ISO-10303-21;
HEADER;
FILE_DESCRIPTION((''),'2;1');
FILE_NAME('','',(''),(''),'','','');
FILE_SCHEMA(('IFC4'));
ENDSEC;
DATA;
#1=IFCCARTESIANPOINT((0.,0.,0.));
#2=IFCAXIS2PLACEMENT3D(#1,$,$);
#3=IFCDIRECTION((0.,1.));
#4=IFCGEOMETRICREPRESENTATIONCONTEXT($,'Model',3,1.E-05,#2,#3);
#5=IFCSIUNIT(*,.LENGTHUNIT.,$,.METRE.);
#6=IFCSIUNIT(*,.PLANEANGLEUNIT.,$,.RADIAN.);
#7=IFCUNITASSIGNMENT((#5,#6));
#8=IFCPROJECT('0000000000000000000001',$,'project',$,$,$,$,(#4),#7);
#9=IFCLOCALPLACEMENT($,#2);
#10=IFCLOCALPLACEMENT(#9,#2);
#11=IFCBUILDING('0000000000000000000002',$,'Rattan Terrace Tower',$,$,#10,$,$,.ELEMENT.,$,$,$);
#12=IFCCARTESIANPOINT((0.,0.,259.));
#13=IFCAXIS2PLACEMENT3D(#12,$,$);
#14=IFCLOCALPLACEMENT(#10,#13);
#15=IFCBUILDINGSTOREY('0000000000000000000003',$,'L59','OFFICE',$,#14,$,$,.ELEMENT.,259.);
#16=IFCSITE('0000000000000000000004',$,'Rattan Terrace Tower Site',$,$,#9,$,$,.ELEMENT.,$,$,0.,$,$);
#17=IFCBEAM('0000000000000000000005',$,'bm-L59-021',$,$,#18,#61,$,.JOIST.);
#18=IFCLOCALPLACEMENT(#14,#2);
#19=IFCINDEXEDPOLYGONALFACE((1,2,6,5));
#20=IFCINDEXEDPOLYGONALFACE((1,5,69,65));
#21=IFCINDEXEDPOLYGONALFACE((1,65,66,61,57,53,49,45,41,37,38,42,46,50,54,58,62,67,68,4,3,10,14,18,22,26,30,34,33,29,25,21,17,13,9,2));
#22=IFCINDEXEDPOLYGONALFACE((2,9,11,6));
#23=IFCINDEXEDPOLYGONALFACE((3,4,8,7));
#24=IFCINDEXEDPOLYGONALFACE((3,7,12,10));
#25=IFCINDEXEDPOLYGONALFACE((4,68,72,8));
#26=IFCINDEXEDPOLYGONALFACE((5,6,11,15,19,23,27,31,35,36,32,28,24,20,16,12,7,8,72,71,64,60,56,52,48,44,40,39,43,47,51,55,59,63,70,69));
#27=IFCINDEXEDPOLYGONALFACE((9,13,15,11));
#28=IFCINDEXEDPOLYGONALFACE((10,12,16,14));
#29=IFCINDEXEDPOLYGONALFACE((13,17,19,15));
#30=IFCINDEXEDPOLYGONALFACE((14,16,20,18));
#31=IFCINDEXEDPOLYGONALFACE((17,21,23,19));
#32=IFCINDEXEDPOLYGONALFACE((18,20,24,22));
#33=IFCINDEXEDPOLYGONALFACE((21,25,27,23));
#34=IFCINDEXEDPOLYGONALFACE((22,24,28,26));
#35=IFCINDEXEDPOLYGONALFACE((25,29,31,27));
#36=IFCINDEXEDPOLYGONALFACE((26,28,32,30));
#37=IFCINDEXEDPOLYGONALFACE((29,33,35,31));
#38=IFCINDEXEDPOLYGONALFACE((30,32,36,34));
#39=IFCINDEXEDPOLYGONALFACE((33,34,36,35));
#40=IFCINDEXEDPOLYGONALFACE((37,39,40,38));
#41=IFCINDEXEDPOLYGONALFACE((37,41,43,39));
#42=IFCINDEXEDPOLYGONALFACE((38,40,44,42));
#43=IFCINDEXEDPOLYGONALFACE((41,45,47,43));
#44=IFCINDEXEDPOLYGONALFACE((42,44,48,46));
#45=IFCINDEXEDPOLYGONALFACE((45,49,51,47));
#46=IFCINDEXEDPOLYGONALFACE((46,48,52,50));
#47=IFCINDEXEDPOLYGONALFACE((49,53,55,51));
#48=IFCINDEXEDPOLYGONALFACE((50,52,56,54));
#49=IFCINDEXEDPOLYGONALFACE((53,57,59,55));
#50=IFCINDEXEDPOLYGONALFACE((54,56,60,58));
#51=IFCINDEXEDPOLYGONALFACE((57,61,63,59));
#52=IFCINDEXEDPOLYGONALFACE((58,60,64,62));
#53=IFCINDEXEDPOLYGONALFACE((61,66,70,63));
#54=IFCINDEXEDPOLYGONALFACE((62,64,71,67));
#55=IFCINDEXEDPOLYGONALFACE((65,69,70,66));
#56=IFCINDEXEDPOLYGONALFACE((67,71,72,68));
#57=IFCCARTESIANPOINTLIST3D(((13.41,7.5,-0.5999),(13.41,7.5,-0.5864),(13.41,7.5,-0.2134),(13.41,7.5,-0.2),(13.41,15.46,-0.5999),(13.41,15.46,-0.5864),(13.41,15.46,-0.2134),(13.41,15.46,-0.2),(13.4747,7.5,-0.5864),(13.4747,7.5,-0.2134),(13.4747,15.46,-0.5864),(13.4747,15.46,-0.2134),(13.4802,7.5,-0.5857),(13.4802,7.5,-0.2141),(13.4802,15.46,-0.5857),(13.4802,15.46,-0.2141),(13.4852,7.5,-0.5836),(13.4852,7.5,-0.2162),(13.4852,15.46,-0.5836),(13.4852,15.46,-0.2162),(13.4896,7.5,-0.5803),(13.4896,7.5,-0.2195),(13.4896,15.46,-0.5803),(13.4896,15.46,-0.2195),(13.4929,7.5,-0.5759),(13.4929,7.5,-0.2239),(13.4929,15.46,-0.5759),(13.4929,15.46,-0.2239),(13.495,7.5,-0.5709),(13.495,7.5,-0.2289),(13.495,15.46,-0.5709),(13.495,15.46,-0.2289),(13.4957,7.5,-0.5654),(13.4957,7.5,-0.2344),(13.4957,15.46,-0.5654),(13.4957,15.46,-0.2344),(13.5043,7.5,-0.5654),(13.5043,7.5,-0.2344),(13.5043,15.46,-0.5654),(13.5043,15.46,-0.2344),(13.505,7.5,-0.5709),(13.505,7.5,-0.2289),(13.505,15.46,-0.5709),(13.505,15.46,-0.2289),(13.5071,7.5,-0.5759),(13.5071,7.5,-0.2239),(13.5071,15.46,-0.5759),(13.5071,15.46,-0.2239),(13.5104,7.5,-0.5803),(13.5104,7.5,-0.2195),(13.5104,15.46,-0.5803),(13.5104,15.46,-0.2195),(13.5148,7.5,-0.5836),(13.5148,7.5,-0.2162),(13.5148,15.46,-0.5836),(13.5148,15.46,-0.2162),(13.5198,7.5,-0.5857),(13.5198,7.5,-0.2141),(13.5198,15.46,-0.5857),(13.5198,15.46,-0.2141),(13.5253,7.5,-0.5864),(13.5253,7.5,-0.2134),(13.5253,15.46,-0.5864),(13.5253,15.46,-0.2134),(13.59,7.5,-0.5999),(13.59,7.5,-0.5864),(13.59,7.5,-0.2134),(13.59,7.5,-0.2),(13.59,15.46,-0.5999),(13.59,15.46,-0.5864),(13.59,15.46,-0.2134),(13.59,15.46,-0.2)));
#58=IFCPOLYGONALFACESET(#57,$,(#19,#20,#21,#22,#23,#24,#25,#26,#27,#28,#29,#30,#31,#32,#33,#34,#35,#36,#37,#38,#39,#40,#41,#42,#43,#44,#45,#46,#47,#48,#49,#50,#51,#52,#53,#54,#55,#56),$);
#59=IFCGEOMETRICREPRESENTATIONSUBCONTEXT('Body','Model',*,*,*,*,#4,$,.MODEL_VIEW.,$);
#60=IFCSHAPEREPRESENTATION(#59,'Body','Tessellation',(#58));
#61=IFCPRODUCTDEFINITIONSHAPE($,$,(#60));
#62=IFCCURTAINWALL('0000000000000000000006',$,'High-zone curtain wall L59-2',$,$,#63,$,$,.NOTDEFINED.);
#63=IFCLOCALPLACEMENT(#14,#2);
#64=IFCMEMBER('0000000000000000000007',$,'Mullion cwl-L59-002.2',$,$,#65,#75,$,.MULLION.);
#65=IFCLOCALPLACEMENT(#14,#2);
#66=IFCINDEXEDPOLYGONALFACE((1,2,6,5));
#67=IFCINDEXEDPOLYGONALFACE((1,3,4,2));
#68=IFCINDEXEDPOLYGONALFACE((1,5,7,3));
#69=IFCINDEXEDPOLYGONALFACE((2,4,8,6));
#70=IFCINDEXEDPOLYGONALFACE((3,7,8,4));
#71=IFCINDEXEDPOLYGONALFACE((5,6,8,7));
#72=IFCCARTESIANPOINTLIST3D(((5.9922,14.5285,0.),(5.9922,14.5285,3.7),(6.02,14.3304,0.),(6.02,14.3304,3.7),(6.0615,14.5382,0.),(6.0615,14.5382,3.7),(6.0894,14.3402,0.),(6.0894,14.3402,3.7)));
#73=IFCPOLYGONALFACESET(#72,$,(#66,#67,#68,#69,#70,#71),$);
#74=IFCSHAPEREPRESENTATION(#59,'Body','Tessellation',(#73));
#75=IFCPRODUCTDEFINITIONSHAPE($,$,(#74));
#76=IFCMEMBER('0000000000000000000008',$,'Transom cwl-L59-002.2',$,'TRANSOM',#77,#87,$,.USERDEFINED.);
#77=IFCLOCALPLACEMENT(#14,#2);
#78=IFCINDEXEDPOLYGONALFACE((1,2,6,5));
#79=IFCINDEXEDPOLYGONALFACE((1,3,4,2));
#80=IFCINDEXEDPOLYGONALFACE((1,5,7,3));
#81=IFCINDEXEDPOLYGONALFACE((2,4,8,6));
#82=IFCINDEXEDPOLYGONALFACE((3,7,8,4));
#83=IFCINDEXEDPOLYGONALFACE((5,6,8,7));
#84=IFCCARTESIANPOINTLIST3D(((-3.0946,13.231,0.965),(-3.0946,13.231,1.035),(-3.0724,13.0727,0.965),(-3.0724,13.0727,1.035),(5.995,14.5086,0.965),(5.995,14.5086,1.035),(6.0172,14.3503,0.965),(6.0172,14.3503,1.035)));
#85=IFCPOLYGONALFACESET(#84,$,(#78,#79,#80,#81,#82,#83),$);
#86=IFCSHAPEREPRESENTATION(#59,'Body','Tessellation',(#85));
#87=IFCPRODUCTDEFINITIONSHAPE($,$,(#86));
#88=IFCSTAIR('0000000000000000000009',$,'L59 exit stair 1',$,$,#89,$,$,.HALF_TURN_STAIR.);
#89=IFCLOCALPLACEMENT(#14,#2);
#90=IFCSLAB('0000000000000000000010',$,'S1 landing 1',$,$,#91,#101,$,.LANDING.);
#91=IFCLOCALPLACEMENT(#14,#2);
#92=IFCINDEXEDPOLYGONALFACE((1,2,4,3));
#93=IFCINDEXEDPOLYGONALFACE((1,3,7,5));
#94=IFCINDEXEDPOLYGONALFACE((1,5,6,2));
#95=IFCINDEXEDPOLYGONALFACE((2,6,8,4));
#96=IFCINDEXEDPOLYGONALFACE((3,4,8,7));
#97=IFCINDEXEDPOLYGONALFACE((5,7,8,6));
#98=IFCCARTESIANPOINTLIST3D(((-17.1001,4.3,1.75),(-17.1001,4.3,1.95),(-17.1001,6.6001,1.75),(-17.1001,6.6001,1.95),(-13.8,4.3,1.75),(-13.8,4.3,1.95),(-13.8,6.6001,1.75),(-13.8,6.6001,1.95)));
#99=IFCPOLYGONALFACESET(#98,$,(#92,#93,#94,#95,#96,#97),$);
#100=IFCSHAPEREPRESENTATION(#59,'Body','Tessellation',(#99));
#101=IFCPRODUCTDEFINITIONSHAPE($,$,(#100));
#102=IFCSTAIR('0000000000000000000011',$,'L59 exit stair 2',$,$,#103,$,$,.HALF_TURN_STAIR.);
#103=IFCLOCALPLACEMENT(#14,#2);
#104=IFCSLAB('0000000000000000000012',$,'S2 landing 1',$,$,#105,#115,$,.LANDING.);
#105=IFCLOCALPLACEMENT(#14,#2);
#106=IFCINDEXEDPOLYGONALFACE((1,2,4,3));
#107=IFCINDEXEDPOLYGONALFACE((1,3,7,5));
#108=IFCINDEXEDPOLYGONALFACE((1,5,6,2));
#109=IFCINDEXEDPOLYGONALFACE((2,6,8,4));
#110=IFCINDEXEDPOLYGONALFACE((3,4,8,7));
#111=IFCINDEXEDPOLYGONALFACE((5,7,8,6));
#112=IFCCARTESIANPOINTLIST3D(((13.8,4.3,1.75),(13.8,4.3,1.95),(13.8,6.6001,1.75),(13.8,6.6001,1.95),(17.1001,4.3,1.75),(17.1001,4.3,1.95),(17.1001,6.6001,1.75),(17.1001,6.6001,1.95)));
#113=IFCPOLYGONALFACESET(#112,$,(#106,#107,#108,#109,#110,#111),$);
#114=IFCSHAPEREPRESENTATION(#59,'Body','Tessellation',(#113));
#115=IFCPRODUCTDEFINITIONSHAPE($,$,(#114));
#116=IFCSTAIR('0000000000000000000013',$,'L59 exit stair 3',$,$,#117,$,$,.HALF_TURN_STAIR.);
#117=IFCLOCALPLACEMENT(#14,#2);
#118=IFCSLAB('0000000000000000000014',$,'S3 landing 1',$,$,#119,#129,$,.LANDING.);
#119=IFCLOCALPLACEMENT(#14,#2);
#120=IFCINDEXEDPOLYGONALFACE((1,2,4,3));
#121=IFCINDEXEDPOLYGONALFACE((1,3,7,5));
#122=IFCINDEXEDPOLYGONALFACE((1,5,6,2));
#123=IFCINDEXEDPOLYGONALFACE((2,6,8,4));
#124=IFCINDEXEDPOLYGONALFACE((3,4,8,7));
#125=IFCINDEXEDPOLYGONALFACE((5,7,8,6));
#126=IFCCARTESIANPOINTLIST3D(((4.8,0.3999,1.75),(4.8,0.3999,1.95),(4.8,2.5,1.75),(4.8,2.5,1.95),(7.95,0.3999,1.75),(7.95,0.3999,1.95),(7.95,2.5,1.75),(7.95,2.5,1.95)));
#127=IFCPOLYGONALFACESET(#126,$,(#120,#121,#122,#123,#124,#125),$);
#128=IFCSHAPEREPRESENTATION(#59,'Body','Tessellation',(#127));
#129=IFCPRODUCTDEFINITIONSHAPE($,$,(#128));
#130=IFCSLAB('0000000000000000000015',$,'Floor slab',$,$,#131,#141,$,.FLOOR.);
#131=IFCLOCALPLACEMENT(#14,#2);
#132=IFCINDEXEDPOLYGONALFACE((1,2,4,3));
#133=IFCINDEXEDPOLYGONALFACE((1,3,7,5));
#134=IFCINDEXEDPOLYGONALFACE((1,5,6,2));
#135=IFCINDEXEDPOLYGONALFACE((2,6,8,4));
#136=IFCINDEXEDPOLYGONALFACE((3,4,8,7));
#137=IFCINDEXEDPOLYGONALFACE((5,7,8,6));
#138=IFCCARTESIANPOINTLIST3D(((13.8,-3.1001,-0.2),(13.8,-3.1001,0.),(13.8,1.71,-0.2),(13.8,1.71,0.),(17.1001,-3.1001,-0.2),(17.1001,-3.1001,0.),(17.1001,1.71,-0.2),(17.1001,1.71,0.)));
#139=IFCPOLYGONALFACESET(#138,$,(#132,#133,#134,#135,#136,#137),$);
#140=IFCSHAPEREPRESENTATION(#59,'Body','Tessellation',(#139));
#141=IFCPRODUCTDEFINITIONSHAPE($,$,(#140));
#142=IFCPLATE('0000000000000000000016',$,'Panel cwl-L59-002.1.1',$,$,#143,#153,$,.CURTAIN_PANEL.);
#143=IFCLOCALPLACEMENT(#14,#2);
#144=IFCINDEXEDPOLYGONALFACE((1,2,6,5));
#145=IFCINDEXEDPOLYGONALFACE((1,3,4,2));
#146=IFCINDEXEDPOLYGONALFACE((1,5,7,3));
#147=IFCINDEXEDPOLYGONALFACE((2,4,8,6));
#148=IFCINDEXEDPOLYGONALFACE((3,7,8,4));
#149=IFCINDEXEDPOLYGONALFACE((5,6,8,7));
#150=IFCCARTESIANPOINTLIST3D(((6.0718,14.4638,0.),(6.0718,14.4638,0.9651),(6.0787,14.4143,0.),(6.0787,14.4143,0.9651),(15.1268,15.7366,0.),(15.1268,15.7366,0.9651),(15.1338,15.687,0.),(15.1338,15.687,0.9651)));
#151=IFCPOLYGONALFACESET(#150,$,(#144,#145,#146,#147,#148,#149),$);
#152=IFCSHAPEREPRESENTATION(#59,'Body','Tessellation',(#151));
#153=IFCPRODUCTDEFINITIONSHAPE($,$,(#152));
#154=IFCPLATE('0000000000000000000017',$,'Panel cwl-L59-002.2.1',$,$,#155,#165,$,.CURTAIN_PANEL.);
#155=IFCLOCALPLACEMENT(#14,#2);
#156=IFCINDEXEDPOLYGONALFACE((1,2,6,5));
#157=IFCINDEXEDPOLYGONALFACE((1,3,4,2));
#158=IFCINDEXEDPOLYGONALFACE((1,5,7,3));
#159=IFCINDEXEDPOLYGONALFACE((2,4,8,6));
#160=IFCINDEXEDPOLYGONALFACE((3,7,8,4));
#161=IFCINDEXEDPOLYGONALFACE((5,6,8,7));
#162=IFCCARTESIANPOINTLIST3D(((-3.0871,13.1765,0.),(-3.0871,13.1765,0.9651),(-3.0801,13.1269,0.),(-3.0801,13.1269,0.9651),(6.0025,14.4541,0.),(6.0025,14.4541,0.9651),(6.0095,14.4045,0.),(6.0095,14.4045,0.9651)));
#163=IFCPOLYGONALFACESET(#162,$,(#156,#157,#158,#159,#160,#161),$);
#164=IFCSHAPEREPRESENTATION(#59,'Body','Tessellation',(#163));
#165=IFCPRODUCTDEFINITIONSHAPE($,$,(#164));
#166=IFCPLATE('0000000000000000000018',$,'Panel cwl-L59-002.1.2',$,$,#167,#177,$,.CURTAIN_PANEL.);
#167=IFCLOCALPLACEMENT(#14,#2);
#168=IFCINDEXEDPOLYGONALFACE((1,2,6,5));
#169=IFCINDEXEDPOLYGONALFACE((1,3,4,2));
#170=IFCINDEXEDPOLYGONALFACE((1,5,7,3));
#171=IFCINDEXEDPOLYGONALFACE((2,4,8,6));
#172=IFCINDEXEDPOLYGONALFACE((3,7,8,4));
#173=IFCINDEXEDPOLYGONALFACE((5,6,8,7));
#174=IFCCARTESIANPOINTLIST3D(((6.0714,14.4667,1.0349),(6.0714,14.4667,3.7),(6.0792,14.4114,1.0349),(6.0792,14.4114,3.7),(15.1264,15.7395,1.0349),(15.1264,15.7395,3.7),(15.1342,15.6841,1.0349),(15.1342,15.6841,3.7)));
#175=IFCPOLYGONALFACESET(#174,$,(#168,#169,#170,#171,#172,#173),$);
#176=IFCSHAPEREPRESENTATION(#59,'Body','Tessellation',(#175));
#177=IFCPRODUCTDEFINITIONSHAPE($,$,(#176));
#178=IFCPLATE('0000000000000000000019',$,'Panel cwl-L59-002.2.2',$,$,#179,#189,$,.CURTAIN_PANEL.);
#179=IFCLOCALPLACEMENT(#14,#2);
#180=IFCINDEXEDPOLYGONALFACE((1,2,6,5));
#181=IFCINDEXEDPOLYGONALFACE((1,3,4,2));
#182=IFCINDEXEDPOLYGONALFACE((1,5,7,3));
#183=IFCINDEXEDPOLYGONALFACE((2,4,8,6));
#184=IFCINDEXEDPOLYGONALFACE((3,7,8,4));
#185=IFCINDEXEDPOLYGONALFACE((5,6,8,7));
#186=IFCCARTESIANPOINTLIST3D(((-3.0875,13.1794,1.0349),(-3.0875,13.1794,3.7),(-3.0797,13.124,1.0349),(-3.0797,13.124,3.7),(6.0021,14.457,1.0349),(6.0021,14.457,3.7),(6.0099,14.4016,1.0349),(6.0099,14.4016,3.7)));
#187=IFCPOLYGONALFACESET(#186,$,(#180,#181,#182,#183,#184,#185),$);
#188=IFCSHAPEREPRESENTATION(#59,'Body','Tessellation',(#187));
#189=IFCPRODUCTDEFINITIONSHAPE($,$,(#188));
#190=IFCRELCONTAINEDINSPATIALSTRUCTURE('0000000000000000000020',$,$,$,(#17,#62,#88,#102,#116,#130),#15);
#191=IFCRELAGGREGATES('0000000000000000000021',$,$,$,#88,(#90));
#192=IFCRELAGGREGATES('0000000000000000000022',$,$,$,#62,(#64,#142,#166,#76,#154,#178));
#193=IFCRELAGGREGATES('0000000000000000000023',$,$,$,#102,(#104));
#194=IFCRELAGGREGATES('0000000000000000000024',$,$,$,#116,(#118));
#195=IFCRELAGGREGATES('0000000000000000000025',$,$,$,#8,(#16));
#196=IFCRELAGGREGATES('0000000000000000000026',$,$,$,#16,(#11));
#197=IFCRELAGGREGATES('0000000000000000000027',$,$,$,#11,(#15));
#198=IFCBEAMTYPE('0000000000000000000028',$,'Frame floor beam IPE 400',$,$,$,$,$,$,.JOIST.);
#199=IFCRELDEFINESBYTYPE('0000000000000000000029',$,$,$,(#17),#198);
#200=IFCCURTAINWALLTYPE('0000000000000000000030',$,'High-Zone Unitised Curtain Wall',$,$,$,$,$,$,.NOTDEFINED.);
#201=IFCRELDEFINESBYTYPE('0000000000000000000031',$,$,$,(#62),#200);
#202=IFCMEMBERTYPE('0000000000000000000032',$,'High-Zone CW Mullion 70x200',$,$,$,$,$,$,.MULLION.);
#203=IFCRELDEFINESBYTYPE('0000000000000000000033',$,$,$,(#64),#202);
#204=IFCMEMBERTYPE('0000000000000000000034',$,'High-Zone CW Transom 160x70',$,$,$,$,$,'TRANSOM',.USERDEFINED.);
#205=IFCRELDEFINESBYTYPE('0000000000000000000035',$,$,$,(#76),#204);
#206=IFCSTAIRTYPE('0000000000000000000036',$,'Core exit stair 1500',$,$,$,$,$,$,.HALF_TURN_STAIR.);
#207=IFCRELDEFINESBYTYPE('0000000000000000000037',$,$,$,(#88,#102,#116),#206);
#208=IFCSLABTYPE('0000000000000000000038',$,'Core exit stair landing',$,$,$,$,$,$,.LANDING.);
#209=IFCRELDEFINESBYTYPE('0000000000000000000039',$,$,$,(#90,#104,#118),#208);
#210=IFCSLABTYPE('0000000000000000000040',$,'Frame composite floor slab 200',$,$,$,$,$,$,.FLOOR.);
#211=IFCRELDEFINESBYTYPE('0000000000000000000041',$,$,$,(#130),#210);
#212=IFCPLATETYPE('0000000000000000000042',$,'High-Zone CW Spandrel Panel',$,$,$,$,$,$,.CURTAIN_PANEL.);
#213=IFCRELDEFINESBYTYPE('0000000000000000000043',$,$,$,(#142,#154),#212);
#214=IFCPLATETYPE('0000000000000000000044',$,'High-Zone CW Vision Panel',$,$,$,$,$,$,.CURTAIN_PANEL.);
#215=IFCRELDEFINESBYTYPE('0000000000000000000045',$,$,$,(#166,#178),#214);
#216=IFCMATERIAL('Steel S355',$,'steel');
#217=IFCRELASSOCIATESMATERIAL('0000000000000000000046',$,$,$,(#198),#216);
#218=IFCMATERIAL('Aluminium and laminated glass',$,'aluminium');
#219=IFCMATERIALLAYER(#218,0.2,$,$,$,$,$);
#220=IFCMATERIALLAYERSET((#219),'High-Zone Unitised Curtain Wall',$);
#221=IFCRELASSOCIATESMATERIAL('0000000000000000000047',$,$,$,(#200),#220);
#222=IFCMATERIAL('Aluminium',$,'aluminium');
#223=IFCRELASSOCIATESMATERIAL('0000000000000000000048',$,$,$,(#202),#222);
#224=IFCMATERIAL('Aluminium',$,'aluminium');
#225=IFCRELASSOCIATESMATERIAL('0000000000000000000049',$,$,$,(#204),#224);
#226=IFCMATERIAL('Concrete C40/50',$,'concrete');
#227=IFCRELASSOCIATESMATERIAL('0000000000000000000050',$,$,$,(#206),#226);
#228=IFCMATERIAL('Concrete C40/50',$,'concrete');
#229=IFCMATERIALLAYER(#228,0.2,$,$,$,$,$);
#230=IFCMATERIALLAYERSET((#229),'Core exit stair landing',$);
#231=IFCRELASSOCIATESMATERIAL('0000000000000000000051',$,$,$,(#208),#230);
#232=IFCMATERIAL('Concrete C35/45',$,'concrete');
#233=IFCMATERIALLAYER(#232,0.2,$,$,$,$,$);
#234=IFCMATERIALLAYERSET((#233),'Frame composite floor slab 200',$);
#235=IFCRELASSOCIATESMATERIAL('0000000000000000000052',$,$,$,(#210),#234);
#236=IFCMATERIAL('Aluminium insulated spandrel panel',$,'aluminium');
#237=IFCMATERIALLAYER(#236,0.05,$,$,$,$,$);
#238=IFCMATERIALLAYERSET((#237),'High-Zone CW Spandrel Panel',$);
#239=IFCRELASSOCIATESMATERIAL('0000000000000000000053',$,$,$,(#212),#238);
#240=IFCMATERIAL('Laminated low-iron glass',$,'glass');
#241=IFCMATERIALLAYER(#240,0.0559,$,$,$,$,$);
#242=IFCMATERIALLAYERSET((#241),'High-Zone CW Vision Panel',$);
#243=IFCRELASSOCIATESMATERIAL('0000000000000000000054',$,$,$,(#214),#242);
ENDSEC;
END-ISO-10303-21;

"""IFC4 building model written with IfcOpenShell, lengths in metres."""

from ifc_helpers import new_model, si_unit, direction, frame, origin, origin_2d, place, context, subcontext, project, spatial, polyline, rectangle, i_section, outline, extrude, material, layer, layer_set, material_profile, profile_set, type_object, element, aggregate, save


model = new_model("IFC4")

# Units and contexts
model_context = context("Model", 3, precision=1e-05, world=origin(), true_north=direction((0.0, 1.0)))
body_context = subcontext(model_context, "Body", "Model", "MODEL_VIEW")
ifc_project = project(units=[si_unit("LENGTHUNIT", "METRE"), si_unit("PLANEANGLEUNIT", "RADIAN")], contexts=[model_context])

# Site, building, storey
site_placement = place(None, origin())
site = spatial("IfcSite", under=ifc_project, at=site_placement, Name="Rattan Terrace Tower Site", CompositionType="ELEMENT", RefElevation=0.0)
building_placement = place(site_placement, origin())
building = spatial("IfcBuilding", under=site, at=building_placement, Name="Rattan Terrace Tower", CompositionType="ELEMENT")
storey_placement = place(building_placement, frame((0.0, 0.0, 259.0)))
storey = spatial("IfcBuildingStorey", under=building, at=storey_placement, Name="L59", Description="OFFICE", CompositionType="ELEMENT", Elevation=259.0)

# Beam
ifc_material_1 = material(Name="Steel S355", Category="steel")
ifc_material_profile_1 = material_profile(ifc_material_1, i_section(OverallWidth=0.1799, OverallDepth=0.3999, WebThickness=0.0085, FlangeThickness=0.0134, FilletRadius=0.021, at=origin_2d()), Name="IPE 400")
ifc_profile_set_1 = profile_set([ifc_material_profile_1], Name="Steel S355")
beam_type_1 = type_object("IfcBeamType", Name="Frame floor beam IPE 400", PredefinedType="JOIST", material=ifc_profile_set_1)
beam_1_placement = place(storey_placement, frame((13.5, 7.5, -0.3999), z_axis=(0.0, 1.0, 0.0), x_axis=(-1.0, 0.0, 0.0)))
element("IfcBeam", 1, at=beam_1_placement, inside=storey, type_object=beam_type_1, Name="bm-L59-021", PredefinedType="JOIST", context=body_context, shape_type="SweptSolid", body=[
    extrude(i_section(OverallWidth=0.1799, OverallDepth=0.3999, WebThickness=0.0085, FlangeThickness=0.0134, FilletRadius=0.021, at=origin_2d()), origin(), (0.0, 0.0, 1.0), 7.96),
])

# Curtain wall, members
ifc_material_2 = material(Name="Aluminium and laminated glass", Category="aluminium")
ifc_layer_1 = layer(ifc_material_2, 0.2)
ifc_layer_set_1 = layer_set([ifc_layer_1], Name="High-Zone Unitised Curtain Wall")
curtain_wall_type = type_object("IfcCurtainWallType", Name="High-Zone Unitised Curtain Wall", PredefinedType="NOTDEFINED", material=ifc_layer_set_1)
curtain_wall_placement = place(storey_placement, origin())
curtain_wall = element("IfcCurtainWall", 2, at=curtain_wall_placement, inside=storey, type_object=curtain_wall_type, Name="High-zone curtain wall L59-2", PredefinedType="NOTDEFINED")
ifc_material_3 = material(Name="Aluminium", Category="aluminium")
ifc_material_profile_2 = material_profile(ifc_material_3, rectangle(XDim=0.0701, YDim=0.2, at=origin_2d()), Name="Aluminium 70x200")
ifc_profile_set_2 = profile_set([ifc_material_profile_2], Name="Aluminium")
member_type_1 = type_object("IfcMemberType", Name="High-Zone CW Mullion 70x200", PredefinedType="MULLION", material=ifc_profile_set_2)
member_1_placement = place(storey_placement, frame((6.0408, 14.4343, 0.0), z_axis=(0.0, 0.0, 1.0), x_axis=(-0.990266, -0.139189, 0.0)))
member_1 = element("IfcMember", 3, at=member_1_placement, type_object=member_type_1, Name="Mullion cwl-L59-002.2", PredefinedType="MULLION", context=body_context, shape_type="SweptSolid", body=[
    extrude(rectangle(XDim=0.0701, YDim=0.2, at=origin_2d()), origin(), (0.0, 0.0, 1.0), 3.7),
])
ifc_material_4 = material(Name="Aluminium", Category="aluminium")
ifc_material_profile_3 = material_profile(ifc_material_4, rectangle(XDim=0.1599, YDim=0.0701, at=origin_2d()), Name="Aluminium 160x70")
ifc_profile_set_3 = profile_set([ifc_material_profile_3], Name="Aluminium")
member_type_2 = type_object("IfcMemberType", Name="High-Zone CW Transom 160x70", ElementType="TRANSOM", PredefinedType="USERDEFINED", material=ifc_profile_set_3)
member_2_placement = place(storey_placement, frame((6.0061, 14.4294, 1.0), z_axis=(-0.990266, -0.139187, 0.0), x_axis=(0.139187, -0.990266, 0.0)))
member_2 = element("IfcMember", 4, at=member_2_placement, type_object=member_type_2, Name="Transom cwl-L59-002.2", ObjectType="TRANSOM", PredefinedType="USERDEFINED", context=body_context, shape_type="SweptSolid", body=[
    extrude(rectangle(XDim=0.1599, YDim=0.0701, at=origin_2d()), origin(), (0.0, 0.0, 1.0), 9.179),
])

# Stairs, slabs
ifc_material_5 = material(Name="Concrete C40/50", Category="concrete")
stair_type = type_object("IfcStairType", Name="Core exit stair 1500", PredefinedType="HALF_TURN_STAIR", material=ifc_material_5)
stair_1_placement = place(storey_placement, origin())
stair_1 = element("IfcStair", 5, at=stair_1_placement, inside=storey, type_object=stair_type, Name="L59 exit stair 1", PredefinedType="HALF_TURN_STAIR")
ifc_material_6 = material(Name="Concrete C40/50", Category="concrete")
ifc_layer_2 = layer(ifc_material_6, 0.2)
ifc_layer_set_2 = layer_set([ifc_layer_2], Name="Core exit stair landing")
slab_type_1 = type_object("IfcSlabType", Name="Core exit stair landing", PredefinedType="LANDING", material=ifc_layer_set_2)
slab_1_placement = place(storey_placement, frame((0.0, 0.0, 1.75)))
slab_1 = element("IfcSlab", 6, at=slab_1_placement, type_object=slab_type_1, Name="S1 landing 1", PredefinedType="LANDING", context=body_context, shape_type="SweptSolid", body=[
    extrude(outline(polyline([(-13.8, 4.3), (-13.8, 6.6001), (-17.1001, 6.6001), (-17.1001, 4.3), (-13.8, 4.3)])), origin(), (0.0, 0.0, 1.0), 0.2),
])
aggregate(stair_1, [slab_1])
stair_2_placement = place(storey_placement, origin())
stair_2 = element("IfcStair", 7, at=stair_2_placement, inside=storey, type_object=stair_type, Name="L59 exit stair 2", PredefinedType="HALF_TURN_STAIR")
slab_2_placement = place(storey_placement, frame((0.0, 0.0, 1.75)))
slab_2 = element("IfcSlab", 8, at=slab_2_placement, type_object=slab_type_1, Name="S2 landing 1", PredefinedType="LANDING", context=body_context, shape_type="SweptSolid", body=[
    extrude(outline(polyline([(17.1001, 4.3), (17.1001, 6.6001), (13.8, 6.6001), (13.8, 4.3), (17.1001, 4.3)])), origin(), (0.0, 0.0, 1.0), 0.2),
])
stair_3_placement = place(storey_placement, origin())
stair_3 = element("IfcStair", 9, at=stair_3_placement, inside=storey, type_object=stair_type, Name="L59 exit stair 3", PredefinedType="HALF_TURN_STAIR")
slab_3_placement = place(storey_placement, frame((0.0, 0.0, 1.75)))
slab_3 = element("IfcSlab", 10, at=slab_3_placement, type_object=slab_type_1, Name="S3 landing 1", PredefinedType="LANDING", context=body_context, shape_type="SweptSolid", body=[
    extrude(outline(polyline([(4.8, 2.5), (4.8, 0.3999), (7.95, 0.3999), (7.95, 2.5), (4.8, 2.5)])), origin(), (0.0, 0.0, 1.0), 0.2),
])

# Slab
ifc_material_7 = material(Name="Concrete C35/45", Category="concrete")
ifc_layer_3 = layer(ifc_material_7, 0.2)
ifc_layer_set_3 = layer_set([ifc_layer_3], Name="Frame composite floor slab 200")
slab_type_2 = type_object("IfcSlabType", Name="Frame composite floor slab 200", PredefinedType="FLOOR", material=ifc_layer_set_3)
slab_4_placement = place(storey_placement, frame((0.0, 0.0, -0.2)))
element("IfcSlab", 11, at=slab_4_placement, inside=storey, type_object=slab_type_2, Name="Floor slab", PredefinedType="FLOOR", context=body_context, shape_type="SweptSolid", body=[
    extrude(outline(polyline([(13.8, -3.1001), (17.1001, -3.1001), (17.1001, 1.71), (13.8, 1.71), (13.8, -3.1001)])), origin(), (0.0, 0.0, 1.0), 0.2),
])

# Plates
ifc_material_8 = material(Name="Aluminium insulated spandrel panel", Category="aluminium")
ifc_layer_4 = layer(ifc_material_8, 0.05)
ifc_layer_set_4 = layer_set([ifc_layer_4], Name="High-Zone CW Spandrel Panel")
plate_type_1 = type_object("IfcPlateType", Name="High-Zone CW Spandrel Panel", PredefinedType="CURTAIN_PANEL", material=ifc_layer_set_4)
plate_1_placement = place(storey_placement, frame((10.6028, 15.0754, 0.0), z_axis=(0.0, 0.0, 1.0), x_axis=(-0.990266, -0.139189, 0.0)))
plate_1 = element("IfcPlate", 12, at=plate_1_placement, type_object=plate_type_1, Name="Panel cwl-L59-002.1.1", PredefinedType="CURTAIN_PANEL", context=body_context, shape_type="SweptSolid", body=[
    extrude(rectangle(XDim=9.144, YDim=0.05, at=origin_2d()), origin(), (0.0, 0.0, 1.0), 0.9651),
])
plate_2_placement = place(storey_placement, frame((1.4612, 13.7905, 0.0), z_axis=(0.0, 0.0, 1.0), x_axis=(-0.990266, -0.139189, 0.0)))
plate_2 = element("IfcPlate", 13, at=plate_2_placement, type_object=plate_type_1, Name="Panel cwl-L59-002.2.1", PredefinedType="CURTAIN_PANEL", context=body_context, shape_type="SweptSolid", body=[
    extrude(rectangle(XDim=9.179, YDim=0.05, at=origin_2d()), origin(), (0.0, 0.0, 1.0), 0.9651),
])
ifc_material_9 = material(Name="Laminated low-iron glass", Category="glass")
ifc_layer_5 = layer(ifc_material_9, 0.0559)
ifc_layer_set_5 = layer_set([ifc_layer_5], Name="High-Zone CW Vision Panel")
plate_type_2 = type_object("IfcPlateType", Name="High-Zone CW Vision Panel", PredefinedType="CURTAIN_PANEL", material=ifc_layer_set_5)
plate_3_placement = place(storey_placement, frame((10.6028, 15.0754, 1.0349), z_axis=(0.0, 0.0, 1.0), x_axis=(-0.990266, -0.139189, 0.0)))
plate_3 = element("IfcPlate", 14, at=plate_3_placement, type_object=plate_type_2, Name="Panel cwl-L59-002.1.2", PredefinedType="CURTAIN_PANEL", context=body_context, shape_type="SweptSolid", body=[
    extrude(rectangle(XDim=9.144, YDim=0.0559, at=origin_2d()), origin(), (0.0, 0.0, 1.0), 2.665),
])
plate_4_placement = place(storey_placement, frame((1.4612, 13.7905, 1.0349), z_axis=(0.0, 0.0, 1.0), x_axis=(-0.990266, -0.139189, 0.0)))
plate_4 = element("IfcPlate", 15, at=plate_4_placement, type_object=plate_type_2, Name="Panel cwl-L59-002.2.2", PredefinedType="CURTAIN_PANEL", context=body_context, shape_type="SweptSolid", body=[
    extrude(rectangle(XDim=9.179, YDim=0.0559, at=origin_2d()), origin(), (0.0, 0.0, 1.0), 2.665),
])
aggregate(curtain_wall, [member_1, plate_1, plate_3, member_2, plate_2, plate_4])

aggregate(stair_2, [slab_2])
aggregate(stair_3, [slab_3])

save(model, "model.ifc")
